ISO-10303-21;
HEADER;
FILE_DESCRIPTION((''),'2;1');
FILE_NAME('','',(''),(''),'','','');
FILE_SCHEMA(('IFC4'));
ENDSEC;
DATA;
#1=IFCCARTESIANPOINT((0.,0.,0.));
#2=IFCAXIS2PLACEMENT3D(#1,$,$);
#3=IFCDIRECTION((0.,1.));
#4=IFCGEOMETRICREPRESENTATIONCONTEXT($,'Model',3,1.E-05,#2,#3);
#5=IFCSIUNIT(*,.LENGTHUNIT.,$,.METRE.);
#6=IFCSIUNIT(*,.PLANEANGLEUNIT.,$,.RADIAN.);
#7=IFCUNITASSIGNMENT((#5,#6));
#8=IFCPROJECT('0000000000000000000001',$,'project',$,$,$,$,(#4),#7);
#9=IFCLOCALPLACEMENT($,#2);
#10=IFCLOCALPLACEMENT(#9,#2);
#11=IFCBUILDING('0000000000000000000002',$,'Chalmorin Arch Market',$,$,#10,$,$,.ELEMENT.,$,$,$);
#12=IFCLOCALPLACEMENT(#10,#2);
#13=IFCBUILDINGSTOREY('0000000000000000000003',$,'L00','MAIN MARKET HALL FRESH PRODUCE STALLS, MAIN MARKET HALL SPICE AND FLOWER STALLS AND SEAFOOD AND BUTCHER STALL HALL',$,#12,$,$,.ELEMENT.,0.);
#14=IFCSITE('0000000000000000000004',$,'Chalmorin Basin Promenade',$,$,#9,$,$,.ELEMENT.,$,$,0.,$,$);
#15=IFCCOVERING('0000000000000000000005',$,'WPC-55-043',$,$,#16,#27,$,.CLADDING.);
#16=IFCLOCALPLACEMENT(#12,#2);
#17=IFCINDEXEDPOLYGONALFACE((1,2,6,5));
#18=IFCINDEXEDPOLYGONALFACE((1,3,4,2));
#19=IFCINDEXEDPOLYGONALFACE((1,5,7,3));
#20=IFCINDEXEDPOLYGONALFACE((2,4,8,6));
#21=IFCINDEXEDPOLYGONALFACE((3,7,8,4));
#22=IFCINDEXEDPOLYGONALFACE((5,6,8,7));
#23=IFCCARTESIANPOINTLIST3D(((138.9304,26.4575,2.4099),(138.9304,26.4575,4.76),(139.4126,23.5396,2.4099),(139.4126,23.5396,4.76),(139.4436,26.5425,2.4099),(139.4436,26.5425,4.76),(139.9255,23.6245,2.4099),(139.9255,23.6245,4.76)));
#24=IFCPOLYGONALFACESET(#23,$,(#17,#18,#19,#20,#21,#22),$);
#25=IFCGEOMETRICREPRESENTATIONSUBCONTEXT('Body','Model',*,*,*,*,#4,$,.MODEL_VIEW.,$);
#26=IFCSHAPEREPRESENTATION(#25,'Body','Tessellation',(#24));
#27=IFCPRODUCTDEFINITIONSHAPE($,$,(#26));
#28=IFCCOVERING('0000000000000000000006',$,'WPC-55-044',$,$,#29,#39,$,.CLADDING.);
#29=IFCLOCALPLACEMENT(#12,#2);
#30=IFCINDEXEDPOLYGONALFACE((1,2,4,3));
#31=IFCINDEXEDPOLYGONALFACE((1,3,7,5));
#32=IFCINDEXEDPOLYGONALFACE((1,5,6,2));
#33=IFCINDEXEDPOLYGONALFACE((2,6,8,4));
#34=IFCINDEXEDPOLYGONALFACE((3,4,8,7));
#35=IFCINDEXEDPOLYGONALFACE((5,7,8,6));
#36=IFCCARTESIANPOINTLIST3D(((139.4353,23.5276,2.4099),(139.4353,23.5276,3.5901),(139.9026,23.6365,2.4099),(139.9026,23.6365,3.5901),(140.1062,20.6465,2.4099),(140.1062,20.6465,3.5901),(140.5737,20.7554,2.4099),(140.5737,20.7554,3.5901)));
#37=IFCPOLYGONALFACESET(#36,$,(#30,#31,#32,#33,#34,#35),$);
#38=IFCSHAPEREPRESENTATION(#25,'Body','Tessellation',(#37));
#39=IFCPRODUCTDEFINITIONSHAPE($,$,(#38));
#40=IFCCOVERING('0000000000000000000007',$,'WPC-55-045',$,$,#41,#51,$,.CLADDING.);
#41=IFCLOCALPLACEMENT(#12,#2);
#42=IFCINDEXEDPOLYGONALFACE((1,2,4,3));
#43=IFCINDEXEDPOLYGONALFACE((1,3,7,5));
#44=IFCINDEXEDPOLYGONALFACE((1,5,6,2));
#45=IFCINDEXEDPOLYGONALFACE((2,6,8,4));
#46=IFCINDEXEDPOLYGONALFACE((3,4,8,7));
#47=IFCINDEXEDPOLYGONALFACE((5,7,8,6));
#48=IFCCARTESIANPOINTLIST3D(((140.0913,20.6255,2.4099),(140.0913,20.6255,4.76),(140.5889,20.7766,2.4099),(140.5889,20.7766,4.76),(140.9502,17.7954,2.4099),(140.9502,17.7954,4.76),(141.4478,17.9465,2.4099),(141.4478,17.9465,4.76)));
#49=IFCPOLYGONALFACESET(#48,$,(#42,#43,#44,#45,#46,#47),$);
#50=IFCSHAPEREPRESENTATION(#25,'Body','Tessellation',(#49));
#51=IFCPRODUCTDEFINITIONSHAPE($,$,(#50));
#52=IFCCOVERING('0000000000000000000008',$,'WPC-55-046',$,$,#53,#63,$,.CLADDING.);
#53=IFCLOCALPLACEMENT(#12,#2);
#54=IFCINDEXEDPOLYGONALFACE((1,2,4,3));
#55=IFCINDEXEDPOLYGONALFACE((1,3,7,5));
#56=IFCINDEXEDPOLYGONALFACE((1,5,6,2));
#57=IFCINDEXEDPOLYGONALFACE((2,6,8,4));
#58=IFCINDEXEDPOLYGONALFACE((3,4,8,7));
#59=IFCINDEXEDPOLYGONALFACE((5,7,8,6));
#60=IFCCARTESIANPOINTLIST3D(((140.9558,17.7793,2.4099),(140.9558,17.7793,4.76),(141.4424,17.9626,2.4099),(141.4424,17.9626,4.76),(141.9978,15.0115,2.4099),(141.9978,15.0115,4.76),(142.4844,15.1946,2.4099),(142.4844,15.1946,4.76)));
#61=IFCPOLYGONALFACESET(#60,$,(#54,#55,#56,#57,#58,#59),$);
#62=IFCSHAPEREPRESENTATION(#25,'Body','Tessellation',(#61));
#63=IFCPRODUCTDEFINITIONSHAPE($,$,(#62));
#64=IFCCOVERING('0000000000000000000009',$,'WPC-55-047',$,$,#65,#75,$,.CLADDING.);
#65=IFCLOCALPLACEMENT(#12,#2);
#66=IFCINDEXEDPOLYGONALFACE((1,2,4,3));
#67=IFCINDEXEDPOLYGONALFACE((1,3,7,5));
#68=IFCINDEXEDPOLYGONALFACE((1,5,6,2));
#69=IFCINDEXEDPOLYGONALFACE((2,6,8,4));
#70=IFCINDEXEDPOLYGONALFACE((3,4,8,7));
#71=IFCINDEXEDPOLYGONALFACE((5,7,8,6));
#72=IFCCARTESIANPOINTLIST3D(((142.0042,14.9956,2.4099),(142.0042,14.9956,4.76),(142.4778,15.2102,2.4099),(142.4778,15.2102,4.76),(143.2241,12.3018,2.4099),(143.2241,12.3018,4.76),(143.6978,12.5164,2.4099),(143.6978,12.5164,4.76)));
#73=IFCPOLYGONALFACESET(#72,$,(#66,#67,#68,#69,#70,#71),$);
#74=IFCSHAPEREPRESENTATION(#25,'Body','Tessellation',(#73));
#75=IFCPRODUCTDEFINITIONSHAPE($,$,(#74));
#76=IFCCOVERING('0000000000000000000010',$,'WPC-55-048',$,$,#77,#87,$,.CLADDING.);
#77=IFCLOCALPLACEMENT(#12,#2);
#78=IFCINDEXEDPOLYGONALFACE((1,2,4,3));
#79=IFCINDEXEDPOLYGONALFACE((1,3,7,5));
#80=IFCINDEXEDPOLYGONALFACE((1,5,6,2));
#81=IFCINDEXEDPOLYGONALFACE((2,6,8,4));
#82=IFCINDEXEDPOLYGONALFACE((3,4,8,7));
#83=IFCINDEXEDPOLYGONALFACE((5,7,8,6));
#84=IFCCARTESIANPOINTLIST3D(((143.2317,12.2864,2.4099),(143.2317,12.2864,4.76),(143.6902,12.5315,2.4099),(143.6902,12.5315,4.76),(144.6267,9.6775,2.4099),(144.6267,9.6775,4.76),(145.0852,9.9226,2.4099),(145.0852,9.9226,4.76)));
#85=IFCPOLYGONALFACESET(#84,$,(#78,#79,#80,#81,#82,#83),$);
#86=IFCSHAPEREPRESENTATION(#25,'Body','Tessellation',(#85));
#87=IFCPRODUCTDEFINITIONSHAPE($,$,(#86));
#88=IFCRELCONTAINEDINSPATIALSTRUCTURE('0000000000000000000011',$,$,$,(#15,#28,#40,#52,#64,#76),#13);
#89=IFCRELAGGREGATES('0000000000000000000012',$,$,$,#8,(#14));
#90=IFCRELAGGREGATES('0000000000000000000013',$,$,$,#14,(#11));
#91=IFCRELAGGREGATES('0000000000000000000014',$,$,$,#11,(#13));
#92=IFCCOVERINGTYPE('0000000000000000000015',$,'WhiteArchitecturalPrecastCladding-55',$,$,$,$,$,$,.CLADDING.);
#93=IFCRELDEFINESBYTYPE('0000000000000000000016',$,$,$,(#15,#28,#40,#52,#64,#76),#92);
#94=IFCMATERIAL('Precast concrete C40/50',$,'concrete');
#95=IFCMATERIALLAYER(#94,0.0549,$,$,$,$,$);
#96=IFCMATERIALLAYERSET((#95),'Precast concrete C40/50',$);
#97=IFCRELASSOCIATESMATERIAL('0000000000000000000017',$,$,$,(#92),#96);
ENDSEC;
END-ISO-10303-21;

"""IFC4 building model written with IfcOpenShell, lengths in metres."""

from ifc_helpers import new_model, si_unit, direction, frame, origin, place, context, subcontext, project, spatial, polyline, outline, extrude, material, layer, layer_set, type_object, element, save


model = new_model("IFC4")

# Units and contexts
model_context = context("Model", 3, precision=1e-05, world=origin(), true_north=direction((0.0, 1.0)))
body_context = subcontext(model_context, "Body", "Model", "MODEL_VIEW")
ifc_project = project(units=[si_unit("LENGTHUNIT", "METRE"), si_unit("PLANEANGLEUNIT", "RADIAN")], contexts=[model_context])

# Site, building, storey
site_placement = place(None, origin())
site = spatial("IfcSite", under=ifc_project, at=site_placement, Name="Chalmorin Basin Promenade", CompositionType="ELEMENT", RefElevation=0.0)
building_placement = place(site_placement, origin())
building = spatial("IfcBuilding", under=site, at=building_placement, Name="Chalmorin Arch Market", CompositionType="ELEMENT")
storey_placement = place(building_placement, origin())
storey = spatial("IfcBuildingStorey", under=building, at=storey_placement, Name="L00", Description="MAIN MARKET HALL FRESH PRODUCE STALLS, MAIN MARKET HALL SPICE AND FLOWER STALLS AND SEAFOOD AND BUTCHER STALL HALL", CompositionType="ELEMENT", Elevation=0.0)

# Coverings
ifc_material_1 = material(Name="Precast concrete C40/50", Category="concrete")
ifc_layer_1 = layer(ifc_material_1, 0.0549)
ifc_layer_set_1 = layer_set([ifc_layer_1], Name="Precast concrete C40/50")
covering_type = type_object("IfcCoveringType", Name="WhiteArchitecturalPrecastCladding-55", PredefinedType="CLADDING", material=ifc_layer_set_1)
covering_1_placement = place(storey_placement, frame((0.0, 0.0, 2.4099)))
element("IfcCovering", 1, at=covering_1_placement, inside=storey, type_object=covering_type, Name="WPC-55-043", PredefinedType="CLADDING", context=body_context, shape_type="SweptSolid", body=[
    extrude(outline(polyline([(138.9304, 26.4575), (139.4126, 23.5396), (139.9255, 23.6245), (139.4436, 26.5425), (138.9304, 26.4575)])), origin(), (0.0, 0.0, 1.0), 2.3501),
])
covering_2_placement = place(storey_placement, frame((0.0, 0.0, 2.4099)))
element("IfcCovering", 2, at=covering_2_placement, inside=storey, type_object=covering_type, Name="WPC-55-044", PredefinedType="CLADDING", context=body_context, shape_type="SweptSolid", body=[
    extrude(outline(polyline([(139.4353, 23.5276), (140.1062, 20.6465), (140.5737, 20.7554), (139.9026, 23.6365), (139.4353, 23.5276)])), origin(), (0.0, 0.0, 1.0), 1.1802),
])
covering_3_placement = place(storey_placement, frame((0.0, 0.0, 2.4099)))
element("IfcCovering", 3, at=covering_3_placement, inside=storey, type_object=covering_type, Name="WPC-55-045", PredefinedType="CLADDING", context=body_context, shape_type="SweptSolid", body=[
    extrude(outline(polyline([(140.0913, 20.6255), (140.9502, 17.7954), (141.4478, 17.9465), (140.5889, 20.7766), (140.0913, 20.6255)])), origin(), (0.0, 0.0, 1.0), 2.3501),
])
covering_4_placement = place(storey_placement, frame((0.0, 0.0, 2.4099)))
element("IfcCovering", 4, at=covering_4_placement, inside=storey, type_object=covering_type, Name="WPC-55-046", PredefinedType="CLADDING", context=body_context, shape_type="SweptSolid", body=[
    extrude(outline(polyline([(140.9558, 17.7793), (141.9978, 15.0115), (142.4844, 15.1946), (141.4424, 17.9626), (140.9558, 17.7793)])), origin(), (0.0, 0.0, 1.0), 2.3501),
])
covering_5_placement = place(storey_placement, frame((0.0, 0.0, 2.4099)))
element("IfcCovering", 5, at=covering_5_placement, inside=storey, type_object=covering_type, Name="WPC-55-047", PredefinedType="CLADDING", context=body_context, shape_type="SweptSolid", body=[
    extrude(outline(polyline([(142.0042, 14.9956), (143.2241, 12.3018), (143.6978, 12.5164), (142.4778, 15.2102), (142.0042, 14.9956)])), origin(), (0.0, 0.0, 1.0), 2.3501),
])
covering_6_placement = place(storey_placement, frame((0.0, 0.0, 2.4099)))
element("IfcCovering", 6, at=covering_6_placement, inside=storey, type_object=covering_type, Name="WPC-55-048", PredefinedType="CLADDING", context=body_context, shape_type="SweptSolid", body=[
    extrude(outline(polyline([(143.2317, 12.2864), (144.6267, 9.6775), (145.0852, 9.9226), (143.6902, 12.5315), (143.2317, 12.2864)])), origin(), (0.0, 0.0, 1.0), 2.3501),
])

save(model, "model.ifc")
